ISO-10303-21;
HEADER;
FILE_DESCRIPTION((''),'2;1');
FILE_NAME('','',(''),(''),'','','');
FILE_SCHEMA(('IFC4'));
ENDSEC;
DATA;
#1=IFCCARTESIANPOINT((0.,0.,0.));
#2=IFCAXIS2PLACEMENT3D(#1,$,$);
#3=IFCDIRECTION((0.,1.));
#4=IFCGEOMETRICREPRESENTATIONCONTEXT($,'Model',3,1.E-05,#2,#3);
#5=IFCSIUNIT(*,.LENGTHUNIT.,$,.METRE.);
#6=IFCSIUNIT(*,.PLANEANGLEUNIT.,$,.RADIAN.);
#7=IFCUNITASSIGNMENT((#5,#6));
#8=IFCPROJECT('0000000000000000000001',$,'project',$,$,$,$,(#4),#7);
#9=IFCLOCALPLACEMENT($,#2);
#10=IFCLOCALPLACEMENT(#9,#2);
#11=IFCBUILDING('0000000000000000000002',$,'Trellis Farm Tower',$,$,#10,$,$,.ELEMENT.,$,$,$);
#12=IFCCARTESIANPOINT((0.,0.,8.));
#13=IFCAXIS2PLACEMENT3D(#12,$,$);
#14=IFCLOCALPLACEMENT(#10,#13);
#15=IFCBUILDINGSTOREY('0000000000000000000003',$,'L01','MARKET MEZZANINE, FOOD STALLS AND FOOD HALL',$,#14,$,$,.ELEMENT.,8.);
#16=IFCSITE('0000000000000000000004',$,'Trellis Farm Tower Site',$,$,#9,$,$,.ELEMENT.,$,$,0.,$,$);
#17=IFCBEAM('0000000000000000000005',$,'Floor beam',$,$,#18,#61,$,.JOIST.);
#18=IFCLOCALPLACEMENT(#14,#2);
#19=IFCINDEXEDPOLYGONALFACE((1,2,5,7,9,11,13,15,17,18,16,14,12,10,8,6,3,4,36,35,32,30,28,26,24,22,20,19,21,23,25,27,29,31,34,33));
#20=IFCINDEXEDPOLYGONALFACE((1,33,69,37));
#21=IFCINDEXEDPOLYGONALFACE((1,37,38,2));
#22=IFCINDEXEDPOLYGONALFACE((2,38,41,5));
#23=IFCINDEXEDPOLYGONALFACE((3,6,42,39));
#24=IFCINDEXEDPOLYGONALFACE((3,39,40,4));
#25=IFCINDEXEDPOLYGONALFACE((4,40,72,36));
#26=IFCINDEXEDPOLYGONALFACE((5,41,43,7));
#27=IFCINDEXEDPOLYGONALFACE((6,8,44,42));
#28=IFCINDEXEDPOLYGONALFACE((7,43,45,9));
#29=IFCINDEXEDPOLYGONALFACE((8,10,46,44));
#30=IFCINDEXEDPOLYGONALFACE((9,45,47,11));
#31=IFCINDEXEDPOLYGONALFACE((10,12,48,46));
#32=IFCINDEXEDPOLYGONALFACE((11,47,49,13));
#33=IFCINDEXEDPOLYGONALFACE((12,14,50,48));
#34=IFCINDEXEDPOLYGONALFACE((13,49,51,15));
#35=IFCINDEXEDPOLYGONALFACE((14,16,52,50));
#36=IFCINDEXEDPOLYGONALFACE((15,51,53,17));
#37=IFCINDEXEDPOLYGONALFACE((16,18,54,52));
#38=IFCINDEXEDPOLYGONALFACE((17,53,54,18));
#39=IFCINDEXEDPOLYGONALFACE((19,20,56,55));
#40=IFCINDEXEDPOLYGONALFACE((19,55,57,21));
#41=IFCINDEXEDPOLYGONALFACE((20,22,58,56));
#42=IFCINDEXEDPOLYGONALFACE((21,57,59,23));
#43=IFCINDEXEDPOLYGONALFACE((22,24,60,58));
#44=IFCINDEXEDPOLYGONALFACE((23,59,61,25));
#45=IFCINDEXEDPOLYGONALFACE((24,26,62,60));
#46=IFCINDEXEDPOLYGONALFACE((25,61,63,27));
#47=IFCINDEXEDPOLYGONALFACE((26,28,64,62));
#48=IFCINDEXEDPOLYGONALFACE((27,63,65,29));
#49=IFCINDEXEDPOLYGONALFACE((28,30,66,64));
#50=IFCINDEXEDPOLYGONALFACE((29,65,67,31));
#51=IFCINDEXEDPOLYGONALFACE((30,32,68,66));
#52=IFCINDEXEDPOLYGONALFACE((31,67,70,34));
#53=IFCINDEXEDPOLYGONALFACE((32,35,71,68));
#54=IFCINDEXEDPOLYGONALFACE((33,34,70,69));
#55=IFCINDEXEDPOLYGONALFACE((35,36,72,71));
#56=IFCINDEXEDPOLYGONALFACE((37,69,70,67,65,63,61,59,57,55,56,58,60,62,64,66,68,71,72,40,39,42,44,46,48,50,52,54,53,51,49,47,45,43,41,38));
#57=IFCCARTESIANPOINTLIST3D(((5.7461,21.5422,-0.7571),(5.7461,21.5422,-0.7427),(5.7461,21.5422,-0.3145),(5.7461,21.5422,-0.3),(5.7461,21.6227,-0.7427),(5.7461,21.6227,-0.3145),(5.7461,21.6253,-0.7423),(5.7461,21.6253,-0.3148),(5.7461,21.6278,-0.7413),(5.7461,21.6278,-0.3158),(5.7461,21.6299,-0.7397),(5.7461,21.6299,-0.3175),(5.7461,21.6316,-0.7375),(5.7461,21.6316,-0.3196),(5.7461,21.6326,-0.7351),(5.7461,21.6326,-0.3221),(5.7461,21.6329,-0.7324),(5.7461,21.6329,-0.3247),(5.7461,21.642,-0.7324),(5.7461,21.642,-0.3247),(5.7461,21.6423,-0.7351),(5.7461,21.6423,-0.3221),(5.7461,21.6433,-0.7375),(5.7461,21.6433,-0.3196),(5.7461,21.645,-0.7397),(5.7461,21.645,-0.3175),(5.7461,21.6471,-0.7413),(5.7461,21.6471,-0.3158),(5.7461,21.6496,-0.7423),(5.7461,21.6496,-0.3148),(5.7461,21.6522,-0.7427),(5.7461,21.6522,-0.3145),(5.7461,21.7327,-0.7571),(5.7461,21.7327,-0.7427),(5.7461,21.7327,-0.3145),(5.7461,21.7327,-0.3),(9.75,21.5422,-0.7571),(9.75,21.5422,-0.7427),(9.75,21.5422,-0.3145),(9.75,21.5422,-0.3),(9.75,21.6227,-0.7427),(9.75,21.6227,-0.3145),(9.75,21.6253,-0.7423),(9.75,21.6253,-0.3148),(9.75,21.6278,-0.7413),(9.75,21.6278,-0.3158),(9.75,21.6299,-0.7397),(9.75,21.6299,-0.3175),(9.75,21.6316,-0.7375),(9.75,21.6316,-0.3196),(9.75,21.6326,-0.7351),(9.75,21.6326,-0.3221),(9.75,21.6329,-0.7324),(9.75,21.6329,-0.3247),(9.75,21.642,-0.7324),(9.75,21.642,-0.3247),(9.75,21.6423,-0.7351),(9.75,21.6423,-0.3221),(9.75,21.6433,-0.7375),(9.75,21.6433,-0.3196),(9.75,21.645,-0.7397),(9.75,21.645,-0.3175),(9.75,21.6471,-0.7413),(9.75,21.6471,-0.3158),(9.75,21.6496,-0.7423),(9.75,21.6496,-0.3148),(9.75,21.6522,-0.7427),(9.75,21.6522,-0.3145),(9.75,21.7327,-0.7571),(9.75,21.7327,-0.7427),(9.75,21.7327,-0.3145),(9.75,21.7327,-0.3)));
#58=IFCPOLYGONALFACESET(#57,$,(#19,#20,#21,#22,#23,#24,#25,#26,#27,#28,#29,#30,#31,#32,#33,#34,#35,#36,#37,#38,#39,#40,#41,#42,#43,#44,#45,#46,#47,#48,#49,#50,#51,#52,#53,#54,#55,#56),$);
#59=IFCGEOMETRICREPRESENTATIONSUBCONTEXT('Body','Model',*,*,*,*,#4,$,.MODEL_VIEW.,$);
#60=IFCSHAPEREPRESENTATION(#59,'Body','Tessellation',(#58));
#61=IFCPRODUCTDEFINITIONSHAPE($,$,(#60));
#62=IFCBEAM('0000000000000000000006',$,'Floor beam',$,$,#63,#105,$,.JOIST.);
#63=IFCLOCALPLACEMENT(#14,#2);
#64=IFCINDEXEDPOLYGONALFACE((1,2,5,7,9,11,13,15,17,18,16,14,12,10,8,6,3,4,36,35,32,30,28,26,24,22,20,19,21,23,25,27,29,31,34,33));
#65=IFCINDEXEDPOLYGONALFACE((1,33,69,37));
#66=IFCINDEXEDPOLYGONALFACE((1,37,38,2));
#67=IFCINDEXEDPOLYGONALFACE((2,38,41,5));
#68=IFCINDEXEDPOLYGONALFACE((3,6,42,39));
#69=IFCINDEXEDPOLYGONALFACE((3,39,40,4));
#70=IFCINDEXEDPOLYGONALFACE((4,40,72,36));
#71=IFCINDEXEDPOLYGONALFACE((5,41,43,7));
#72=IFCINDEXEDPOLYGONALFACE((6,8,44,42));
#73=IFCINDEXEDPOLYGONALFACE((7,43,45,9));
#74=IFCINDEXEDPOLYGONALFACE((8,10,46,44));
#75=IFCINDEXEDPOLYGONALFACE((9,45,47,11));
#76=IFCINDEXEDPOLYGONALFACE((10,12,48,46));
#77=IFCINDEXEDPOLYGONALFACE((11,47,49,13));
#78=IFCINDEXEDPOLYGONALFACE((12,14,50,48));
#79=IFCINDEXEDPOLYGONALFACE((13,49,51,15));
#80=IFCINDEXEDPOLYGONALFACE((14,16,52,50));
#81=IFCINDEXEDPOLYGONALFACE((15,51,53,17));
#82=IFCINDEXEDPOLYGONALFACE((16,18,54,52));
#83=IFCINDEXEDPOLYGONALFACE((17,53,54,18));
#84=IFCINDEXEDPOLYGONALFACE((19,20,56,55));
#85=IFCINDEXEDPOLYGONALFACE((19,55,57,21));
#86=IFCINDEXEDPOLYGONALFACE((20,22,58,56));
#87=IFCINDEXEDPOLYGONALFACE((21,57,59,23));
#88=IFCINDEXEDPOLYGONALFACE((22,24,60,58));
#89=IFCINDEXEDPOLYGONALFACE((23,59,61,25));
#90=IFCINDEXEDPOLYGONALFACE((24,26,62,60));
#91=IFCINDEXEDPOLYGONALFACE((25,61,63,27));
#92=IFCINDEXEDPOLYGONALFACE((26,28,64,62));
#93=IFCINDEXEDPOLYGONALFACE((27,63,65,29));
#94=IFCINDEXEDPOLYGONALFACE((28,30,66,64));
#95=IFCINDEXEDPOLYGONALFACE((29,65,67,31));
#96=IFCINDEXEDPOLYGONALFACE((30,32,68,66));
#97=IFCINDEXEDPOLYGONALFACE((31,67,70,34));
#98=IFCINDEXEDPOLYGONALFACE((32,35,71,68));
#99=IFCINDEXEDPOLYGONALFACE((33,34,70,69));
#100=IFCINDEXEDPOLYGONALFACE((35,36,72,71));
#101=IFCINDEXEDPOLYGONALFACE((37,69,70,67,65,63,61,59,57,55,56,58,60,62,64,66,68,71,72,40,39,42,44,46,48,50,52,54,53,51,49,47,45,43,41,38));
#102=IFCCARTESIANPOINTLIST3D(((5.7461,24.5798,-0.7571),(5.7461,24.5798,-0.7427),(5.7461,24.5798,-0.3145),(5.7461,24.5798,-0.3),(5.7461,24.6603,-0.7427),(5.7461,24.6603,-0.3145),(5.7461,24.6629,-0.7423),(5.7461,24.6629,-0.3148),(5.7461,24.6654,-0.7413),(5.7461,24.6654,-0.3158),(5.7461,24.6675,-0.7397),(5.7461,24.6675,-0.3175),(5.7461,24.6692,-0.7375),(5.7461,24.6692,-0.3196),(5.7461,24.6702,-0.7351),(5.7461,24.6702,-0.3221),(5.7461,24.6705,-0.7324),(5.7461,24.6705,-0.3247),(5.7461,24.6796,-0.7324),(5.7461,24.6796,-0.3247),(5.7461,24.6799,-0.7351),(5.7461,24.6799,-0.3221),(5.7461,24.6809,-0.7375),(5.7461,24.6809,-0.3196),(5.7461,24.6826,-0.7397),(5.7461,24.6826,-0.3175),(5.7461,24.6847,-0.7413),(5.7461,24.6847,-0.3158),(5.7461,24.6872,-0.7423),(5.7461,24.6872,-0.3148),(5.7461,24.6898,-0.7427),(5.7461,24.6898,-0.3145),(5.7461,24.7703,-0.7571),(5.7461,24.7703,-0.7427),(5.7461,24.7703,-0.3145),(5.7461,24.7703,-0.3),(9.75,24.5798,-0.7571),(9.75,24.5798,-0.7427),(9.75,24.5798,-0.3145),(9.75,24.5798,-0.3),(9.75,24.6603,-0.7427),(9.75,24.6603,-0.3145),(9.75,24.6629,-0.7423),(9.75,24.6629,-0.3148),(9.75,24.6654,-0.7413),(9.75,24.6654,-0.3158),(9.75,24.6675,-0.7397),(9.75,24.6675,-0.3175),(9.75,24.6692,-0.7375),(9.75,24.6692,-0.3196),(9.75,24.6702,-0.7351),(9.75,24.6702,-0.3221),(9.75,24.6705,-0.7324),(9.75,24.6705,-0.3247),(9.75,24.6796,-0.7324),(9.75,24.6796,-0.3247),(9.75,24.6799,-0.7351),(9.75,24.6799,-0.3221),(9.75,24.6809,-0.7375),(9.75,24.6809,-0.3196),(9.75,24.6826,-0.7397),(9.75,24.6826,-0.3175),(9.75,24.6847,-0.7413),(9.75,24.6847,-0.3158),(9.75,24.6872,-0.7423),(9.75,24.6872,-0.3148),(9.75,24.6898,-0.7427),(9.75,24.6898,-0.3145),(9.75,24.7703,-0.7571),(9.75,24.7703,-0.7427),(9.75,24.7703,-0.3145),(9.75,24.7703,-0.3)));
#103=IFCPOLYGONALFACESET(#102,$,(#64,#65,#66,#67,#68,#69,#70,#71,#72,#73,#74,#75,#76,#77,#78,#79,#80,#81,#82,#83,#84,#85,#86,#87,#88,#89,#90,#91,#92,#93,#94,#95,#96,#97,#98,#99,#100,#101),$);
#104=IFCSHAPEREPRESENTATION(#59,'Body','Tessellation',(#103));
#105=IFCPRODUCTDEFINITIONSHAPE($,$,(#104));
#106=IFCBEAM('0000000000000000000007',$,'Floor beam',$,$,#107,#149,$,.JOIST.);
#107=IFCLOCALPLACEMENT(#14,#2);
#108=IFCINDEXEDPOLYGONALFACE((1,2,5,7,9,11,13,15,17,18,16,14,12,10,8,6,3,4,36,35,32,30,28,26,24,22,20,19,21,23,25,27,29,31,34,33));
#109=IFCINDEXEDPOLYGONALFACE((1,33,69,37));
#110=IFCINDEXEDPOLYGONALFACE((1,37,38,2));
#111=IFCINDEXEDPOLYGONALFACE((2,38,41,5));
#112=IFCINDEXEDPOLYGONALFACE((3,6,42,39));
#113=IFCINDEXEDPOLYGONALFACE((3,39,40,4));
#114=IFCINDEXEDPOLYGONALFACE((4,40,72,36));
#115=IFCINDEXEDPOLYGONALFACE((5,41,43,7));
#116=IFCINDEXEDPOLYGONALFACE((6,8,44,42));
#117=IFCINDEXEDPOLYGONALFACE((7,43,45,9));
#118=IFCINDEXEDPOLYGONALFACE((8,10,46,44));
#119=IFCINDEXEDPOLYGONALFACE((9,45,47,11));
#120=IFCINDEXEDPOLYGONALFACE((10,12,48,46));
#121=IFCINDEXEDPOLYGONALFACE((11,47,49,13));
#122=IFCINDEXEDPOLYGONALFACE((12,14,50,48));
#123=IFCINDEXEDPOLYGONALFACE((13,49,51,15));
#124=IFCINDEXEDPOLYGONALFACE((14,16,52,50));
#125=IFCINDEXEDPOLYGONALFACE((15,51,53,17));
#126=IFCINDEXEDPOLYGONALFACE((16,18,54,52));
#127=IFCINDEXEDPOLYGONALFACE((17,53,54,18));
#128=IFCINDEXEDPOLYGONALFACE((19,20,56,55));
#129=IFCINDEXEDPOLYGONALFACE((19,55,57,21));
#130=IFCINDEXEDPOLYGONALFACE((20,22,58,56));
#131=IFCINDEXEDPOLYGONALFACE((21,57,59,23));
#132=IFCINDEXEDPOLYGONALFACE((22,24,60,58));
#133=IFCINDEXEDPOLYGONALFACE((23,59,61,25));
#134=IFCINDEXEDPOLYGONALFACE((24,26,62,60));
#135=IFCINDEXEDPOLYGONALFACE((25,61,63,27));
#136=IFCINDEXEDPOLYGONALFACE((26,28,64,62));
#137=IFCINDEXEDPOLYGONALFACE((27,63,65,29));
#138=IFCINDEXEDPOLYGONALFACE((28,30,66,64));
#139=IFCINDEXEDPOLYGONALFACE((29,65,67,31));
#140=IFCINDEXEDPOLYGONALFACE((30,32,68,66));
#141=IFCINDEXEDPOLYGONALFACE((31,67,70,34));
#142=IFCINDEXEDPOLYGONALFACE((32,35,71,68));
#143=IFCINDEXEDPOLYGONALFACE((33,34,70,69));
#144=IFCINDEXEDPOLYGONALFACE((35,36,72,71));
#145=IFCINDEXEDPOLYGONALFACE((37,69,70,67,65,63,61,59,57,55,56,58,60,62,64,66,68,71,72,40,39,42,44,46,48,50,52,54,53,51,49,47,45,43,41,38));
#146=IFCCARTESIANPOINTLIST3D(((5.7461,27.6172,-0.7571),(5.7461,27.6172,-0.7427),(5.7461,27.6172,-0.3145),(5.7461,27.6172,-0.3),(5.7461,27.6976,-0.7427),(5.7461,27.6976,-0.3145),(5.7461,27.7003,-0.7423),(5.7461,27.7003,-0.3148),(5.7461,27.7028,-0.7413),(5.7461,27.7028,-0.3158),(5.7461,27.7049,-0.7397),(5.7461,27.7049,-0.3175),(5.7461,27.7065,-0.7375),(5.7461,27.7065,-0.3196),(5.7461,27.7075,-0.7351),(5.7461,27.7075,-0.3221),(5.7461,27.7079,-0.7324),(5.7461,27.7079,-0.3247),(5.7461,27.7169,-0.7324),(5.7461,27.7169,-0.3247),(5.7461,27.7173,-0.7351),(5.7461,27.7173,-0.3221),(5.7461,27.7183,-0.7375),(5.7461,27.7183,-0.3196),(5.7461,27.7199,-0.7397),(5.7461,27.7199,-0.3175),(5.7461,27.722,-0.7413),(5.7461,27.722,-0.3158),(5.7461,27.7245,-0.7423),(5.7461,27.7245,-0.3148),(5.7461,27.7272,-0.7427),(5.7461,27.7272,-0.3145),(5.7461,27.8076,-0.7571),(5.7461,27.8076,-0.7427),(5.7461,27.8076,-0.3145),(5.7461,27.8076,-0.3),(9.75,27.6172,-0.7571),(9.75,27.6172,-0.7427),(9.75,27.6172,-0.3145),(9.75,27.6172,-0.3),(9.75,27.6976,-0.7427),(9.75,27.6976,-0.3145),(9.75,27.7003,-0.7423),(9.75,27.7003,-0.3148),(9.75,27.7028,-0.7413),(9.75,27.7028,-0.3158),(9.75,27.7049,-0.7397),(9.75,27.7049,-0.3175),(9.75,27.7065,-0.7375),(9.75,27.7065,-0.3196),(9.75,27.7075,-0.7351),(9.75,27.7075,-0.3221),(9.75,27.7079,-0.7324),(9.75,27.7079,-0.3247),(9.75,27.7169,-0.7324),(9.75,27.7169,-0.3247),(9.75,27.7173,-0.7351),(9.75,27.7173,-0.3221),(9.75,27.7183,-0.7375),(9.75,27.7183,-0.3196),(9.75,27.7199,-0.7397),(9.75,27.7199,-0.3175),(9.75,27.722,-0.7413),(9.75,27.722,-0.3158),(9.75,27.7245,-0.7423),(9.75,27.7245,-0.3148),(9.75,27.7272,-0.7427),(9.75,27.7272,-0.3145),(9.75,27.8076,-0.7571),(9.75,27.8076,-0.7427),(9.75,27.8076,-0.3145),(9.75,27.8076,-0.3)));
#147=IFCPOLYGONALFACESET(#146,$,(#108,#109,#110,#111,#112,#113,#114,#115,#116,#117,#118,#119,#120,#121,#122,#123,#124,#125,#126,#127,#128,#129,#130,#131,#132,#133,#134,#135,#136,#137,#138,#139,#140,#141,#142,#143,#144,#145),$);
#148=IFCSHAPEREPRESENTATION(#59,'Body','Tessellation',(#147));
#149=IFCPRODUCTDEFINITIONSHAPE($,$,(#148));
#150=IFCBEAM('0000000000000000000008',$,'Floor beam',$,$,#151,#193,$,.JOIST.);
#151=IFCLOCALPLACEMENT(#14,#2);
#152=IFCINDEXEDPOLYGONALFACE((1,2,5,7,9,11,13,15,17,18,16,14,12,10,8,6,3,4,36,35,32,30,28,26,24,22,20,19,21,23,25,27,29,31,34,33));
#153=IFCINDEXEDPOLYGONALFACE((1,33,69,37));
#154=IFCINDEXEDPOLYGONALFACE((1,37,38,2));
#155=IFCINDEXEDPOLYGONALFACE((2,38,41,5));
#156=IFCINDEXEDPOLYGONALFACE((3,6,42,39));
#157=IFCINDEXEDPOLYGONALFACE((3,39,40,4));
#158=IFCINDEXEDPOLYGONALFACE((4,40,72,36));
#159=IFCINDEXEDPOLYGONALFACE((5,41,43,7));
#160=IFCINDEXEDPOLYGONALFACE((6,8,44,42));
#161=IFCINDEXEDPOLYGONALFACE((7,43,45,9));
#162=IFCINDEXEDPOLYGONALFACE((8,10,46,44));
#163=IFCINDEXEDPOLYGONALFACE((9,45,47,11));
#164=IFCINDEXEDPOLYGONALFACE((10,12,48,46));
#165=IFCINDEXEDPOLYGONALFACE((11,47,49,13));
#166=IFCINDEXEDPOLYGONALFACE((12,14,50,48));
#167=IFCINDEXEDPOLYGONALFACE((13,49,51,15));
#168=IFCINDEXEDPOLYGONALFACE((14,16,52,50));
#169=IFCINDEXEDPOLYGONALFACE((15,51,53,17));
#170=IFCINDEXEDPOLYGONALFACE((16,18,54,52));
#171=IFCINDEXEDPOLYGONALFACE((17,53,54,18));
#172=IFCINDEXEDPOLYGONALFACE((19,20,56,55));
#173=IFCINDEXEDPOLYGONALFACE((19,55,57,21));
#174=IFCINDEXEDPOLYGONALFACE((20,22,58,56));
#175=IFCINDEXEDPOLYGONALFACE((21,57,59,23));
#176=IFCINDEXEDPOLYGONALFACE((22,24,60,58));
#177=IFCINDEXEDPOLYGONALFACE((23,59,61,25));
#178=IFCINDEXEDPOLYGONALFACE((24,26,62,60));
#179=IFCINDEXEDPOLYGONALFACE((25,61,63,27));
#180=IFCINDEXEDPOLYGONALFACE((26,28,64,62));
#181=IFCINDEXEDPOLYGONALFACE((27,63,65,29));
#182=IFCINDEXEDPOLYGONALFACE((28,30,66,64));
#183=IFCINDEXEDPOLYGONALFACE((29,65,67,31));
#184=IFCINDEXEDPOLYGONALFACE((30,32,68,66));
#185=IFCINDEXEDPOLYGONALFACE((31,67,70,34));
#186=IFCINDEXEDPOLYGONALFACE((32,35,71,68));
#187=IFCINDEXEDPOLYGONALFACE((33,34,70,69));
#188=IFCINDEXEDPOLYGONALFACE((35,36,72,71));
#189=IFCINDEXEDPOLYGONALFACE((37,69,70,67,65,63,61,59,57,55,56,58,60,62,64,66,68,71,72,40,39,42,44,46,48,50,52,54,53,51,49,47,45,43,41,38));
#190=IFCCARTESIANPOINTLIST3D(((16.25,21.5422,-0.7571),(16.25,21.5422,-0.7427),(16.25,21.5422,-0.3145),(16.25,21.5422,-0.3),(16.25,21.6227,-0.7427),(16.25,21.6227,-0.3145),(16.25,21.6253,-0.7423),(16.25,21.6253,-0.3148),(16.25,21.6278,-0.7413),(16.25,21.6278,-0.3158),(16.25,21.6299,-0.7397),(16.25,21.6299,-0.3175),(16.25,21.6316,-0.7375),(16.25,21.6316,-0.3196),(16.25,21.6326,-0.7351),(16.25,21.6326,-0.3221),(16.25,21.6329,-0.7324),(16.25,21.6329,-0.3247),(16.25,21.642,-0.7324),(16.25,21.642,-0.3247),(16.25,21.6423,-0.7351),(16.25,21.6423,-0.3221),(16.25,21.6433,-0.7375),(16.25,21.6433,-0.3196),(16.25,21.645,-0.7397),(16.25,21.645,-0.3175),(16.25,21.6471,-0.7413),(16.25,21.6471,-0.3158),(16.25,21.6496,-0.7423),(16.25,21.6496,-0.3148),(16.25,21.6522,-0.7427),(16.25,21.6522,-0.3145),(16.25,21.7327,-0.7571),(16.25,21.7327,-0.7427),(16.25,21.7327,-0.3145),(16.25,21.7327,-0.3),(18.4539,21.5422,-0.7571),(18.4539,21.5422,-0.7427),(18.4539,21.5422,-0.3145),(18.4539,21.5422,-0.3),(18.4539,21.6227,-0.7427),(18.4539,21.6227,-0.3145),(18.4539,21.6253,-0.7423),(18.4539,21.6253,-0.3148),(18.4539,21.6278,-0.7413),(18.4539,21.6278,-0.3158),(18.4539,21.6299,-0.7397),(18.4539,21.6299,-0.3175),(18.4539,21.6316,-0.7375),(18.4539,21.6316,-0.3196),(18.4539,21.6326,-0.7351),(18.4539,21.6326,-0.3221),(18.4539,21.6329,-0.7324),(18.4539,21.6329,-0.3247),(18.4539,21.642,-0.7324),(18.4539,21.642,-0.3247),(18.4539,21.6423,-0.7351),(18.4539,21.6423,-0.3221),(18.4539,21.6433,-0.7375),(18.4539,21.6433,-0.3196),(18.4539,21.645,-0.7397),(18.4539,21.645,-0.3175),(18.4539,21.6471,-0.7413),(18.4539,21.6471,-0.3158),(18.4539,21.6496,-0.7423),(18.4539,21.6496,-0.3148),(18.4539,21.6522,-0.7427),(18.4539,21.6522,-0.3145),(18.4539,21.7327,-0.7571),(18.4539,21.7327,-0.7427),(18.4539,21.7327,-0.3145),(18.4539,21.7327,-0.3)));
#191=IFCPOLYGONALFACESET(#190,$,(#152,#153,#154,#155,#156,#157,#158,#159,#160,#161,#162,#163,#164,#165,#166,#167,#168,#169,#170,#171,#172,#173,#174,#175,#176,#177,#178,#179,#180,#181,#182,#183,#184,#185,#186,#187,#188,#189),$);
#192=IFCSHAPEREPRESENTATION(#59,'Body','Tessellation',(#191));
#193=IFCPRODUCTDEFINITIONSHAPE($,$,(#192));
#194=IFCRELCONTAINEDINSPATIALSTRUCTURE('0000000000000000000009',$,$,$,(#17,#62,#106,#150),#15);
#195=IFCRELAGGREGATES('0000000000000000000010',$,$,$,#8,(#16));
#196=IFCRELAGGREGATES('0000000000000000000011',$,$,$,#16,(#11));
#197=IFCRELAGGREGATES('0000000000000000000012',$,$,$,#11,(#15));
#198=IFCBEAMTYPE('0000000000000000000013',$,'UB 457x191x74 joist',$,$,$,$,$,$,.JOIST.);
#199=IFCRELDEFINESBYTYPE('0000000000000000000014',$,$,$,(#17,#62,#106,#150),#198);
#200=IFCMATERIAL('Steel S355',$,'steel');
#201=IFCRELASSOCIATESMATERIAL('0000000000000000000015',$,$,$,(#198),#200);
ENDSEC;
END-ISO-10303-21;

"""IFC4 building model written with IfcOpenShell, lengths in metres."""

from ifc_helpers import new_model, si_unit, direction, frame, origin, origin_2d, place, context, subcontext, project, spatial, i_section, extrude, source, transform, mapped, material, material_profile, profile_set, type_object, element, save


model = new_model("IFC4")

# Units and contexts
model_context = context("Model", 3, precision=1e-05, world=origin(), true_north=direction((0.0, 1.0)))
body_context = subcontext(model_context, "Body", "Model", "MODEL_VIEW")
ifc_project = project(units=[si_unit("LENGTHUNIT", "METRE"), si_unit("PLANEANGLEUNIT", "RADIAN")], contexts=[model_context])

# Site, building, storey
site_placement = place(None, origin())
site = spatial("IfcSite", under=ifc_project, at=site_placement, Name="Trellis Farm Tower Site", CompositionType="ELEMENT", RefElevation=0.0)
building_placement = place(site_placement, origin())
building = spatial("IfcBuilding", under=site, at=building_placement, Name="Trellis Farm Tower", CompositionType="ELEMENT")
storey_placement = place(building_placement, frame((0.0, 0.0, 8.0)))
storey = spatial("IfcBuildingStorey", under=building, at=storey_placement, Name="L01", Description="MARKET MEZZANINE, FOOD STALLS AND FOOD HALL", CompositionType="ELEMENT", Elevation=8.0)

# Beams
ifc_material_1 = material(Name="Steel S355", Category="steel")
ifc_material_profile_1 = material_profile(ifc_material_1, i_section(OverallWidth=0.1904, OverallDepth=0.457, WebThickness=0.009, FlangeThickness=0.0144, FilletRadius=0.0103, at=origin_2d()), Name="UB 457x191x74")
ifc_profile_set_1 = profile_set([ifc_material_profile_1], Name="Steel S355")
beam_type_1 = type_object("IfcBeamType", Name="UB 457x191x74 joist", PredefinedType="JOIST", material=ifc_profile_set_1)
shared_shape_1 = source(origin(), body_context, "Body", "SweptSolid", [
    extrude(i_section(OverallWidth=0.1904, OverallDepth=0.457, WebThickness=0.009, FlangeThickness=0.0144, FilletRadius=0.0103, at=origin_2d()), origin(), (0.0, 0.0, 1.0), 4.0039),
])
for number, where, z_axis, x_axis, name in (
    (1, (5.7461, 21.6375, -0.5286), (1.0, 0.0, 0.0), (0.0, 1.0, 0.0), "Floor beam"),
    (2, (5.7461, 24.675, -0.5286), (1.0, 0.0, 0.0), (0.0, 1.0, 0.0), "Floor beam"),
    (3, (5.7461, 27.7124, -0.5286), (1.0, 0.0, 0.0), (0.0, 1.0, 0.0), "Floor beam"),
):
    element("IfcBeam", number, at=place(storey_placement, frame(where, z_axis=z_axis, x_axis=x_axis)), inside=storey, type_object=beam_type_1, Name=name, PredefinedType="JOIST", context=body_context, shape_type="MappedRepresentation", body=[
        mapped(shared_shape_1, transform((0.0, 0.0, 0.0))),
    ])
shared_shape_2 = source(origin(), body_context, "Body", "SweptSolid", [
    extrude(i_section(OverallWidth=0.1904, OverallDepth=0.457, WebThickness=0.009, FlangeThickness=0.0144, FilletRadius=0.0103, at=origin_2d()), origin(), (0.0, 0.0, 1.0), 2.2039),
])
for number, where, z_axis, x_axis, name in (
    (4, (16.25, 21.6375, -0.5286), (1.0, 0.0, 0.0), (0.0, 1.0, 0.0), "Floor beam"),
):
    element("IfcBeam", number, at=place(storey_placement, frame(where, z_axis=z_axis, x_axis=x_axis)), inside=storey, type_object=beam_type_1, Name=name, PredefinedType="JOIST", context=body_context, shape_type="MappedRepresentation", body=[
        mapped(shared_shape_2, transform((0.0, 0.0, 0.0))),
    ])

save(model, "model.ifc")
